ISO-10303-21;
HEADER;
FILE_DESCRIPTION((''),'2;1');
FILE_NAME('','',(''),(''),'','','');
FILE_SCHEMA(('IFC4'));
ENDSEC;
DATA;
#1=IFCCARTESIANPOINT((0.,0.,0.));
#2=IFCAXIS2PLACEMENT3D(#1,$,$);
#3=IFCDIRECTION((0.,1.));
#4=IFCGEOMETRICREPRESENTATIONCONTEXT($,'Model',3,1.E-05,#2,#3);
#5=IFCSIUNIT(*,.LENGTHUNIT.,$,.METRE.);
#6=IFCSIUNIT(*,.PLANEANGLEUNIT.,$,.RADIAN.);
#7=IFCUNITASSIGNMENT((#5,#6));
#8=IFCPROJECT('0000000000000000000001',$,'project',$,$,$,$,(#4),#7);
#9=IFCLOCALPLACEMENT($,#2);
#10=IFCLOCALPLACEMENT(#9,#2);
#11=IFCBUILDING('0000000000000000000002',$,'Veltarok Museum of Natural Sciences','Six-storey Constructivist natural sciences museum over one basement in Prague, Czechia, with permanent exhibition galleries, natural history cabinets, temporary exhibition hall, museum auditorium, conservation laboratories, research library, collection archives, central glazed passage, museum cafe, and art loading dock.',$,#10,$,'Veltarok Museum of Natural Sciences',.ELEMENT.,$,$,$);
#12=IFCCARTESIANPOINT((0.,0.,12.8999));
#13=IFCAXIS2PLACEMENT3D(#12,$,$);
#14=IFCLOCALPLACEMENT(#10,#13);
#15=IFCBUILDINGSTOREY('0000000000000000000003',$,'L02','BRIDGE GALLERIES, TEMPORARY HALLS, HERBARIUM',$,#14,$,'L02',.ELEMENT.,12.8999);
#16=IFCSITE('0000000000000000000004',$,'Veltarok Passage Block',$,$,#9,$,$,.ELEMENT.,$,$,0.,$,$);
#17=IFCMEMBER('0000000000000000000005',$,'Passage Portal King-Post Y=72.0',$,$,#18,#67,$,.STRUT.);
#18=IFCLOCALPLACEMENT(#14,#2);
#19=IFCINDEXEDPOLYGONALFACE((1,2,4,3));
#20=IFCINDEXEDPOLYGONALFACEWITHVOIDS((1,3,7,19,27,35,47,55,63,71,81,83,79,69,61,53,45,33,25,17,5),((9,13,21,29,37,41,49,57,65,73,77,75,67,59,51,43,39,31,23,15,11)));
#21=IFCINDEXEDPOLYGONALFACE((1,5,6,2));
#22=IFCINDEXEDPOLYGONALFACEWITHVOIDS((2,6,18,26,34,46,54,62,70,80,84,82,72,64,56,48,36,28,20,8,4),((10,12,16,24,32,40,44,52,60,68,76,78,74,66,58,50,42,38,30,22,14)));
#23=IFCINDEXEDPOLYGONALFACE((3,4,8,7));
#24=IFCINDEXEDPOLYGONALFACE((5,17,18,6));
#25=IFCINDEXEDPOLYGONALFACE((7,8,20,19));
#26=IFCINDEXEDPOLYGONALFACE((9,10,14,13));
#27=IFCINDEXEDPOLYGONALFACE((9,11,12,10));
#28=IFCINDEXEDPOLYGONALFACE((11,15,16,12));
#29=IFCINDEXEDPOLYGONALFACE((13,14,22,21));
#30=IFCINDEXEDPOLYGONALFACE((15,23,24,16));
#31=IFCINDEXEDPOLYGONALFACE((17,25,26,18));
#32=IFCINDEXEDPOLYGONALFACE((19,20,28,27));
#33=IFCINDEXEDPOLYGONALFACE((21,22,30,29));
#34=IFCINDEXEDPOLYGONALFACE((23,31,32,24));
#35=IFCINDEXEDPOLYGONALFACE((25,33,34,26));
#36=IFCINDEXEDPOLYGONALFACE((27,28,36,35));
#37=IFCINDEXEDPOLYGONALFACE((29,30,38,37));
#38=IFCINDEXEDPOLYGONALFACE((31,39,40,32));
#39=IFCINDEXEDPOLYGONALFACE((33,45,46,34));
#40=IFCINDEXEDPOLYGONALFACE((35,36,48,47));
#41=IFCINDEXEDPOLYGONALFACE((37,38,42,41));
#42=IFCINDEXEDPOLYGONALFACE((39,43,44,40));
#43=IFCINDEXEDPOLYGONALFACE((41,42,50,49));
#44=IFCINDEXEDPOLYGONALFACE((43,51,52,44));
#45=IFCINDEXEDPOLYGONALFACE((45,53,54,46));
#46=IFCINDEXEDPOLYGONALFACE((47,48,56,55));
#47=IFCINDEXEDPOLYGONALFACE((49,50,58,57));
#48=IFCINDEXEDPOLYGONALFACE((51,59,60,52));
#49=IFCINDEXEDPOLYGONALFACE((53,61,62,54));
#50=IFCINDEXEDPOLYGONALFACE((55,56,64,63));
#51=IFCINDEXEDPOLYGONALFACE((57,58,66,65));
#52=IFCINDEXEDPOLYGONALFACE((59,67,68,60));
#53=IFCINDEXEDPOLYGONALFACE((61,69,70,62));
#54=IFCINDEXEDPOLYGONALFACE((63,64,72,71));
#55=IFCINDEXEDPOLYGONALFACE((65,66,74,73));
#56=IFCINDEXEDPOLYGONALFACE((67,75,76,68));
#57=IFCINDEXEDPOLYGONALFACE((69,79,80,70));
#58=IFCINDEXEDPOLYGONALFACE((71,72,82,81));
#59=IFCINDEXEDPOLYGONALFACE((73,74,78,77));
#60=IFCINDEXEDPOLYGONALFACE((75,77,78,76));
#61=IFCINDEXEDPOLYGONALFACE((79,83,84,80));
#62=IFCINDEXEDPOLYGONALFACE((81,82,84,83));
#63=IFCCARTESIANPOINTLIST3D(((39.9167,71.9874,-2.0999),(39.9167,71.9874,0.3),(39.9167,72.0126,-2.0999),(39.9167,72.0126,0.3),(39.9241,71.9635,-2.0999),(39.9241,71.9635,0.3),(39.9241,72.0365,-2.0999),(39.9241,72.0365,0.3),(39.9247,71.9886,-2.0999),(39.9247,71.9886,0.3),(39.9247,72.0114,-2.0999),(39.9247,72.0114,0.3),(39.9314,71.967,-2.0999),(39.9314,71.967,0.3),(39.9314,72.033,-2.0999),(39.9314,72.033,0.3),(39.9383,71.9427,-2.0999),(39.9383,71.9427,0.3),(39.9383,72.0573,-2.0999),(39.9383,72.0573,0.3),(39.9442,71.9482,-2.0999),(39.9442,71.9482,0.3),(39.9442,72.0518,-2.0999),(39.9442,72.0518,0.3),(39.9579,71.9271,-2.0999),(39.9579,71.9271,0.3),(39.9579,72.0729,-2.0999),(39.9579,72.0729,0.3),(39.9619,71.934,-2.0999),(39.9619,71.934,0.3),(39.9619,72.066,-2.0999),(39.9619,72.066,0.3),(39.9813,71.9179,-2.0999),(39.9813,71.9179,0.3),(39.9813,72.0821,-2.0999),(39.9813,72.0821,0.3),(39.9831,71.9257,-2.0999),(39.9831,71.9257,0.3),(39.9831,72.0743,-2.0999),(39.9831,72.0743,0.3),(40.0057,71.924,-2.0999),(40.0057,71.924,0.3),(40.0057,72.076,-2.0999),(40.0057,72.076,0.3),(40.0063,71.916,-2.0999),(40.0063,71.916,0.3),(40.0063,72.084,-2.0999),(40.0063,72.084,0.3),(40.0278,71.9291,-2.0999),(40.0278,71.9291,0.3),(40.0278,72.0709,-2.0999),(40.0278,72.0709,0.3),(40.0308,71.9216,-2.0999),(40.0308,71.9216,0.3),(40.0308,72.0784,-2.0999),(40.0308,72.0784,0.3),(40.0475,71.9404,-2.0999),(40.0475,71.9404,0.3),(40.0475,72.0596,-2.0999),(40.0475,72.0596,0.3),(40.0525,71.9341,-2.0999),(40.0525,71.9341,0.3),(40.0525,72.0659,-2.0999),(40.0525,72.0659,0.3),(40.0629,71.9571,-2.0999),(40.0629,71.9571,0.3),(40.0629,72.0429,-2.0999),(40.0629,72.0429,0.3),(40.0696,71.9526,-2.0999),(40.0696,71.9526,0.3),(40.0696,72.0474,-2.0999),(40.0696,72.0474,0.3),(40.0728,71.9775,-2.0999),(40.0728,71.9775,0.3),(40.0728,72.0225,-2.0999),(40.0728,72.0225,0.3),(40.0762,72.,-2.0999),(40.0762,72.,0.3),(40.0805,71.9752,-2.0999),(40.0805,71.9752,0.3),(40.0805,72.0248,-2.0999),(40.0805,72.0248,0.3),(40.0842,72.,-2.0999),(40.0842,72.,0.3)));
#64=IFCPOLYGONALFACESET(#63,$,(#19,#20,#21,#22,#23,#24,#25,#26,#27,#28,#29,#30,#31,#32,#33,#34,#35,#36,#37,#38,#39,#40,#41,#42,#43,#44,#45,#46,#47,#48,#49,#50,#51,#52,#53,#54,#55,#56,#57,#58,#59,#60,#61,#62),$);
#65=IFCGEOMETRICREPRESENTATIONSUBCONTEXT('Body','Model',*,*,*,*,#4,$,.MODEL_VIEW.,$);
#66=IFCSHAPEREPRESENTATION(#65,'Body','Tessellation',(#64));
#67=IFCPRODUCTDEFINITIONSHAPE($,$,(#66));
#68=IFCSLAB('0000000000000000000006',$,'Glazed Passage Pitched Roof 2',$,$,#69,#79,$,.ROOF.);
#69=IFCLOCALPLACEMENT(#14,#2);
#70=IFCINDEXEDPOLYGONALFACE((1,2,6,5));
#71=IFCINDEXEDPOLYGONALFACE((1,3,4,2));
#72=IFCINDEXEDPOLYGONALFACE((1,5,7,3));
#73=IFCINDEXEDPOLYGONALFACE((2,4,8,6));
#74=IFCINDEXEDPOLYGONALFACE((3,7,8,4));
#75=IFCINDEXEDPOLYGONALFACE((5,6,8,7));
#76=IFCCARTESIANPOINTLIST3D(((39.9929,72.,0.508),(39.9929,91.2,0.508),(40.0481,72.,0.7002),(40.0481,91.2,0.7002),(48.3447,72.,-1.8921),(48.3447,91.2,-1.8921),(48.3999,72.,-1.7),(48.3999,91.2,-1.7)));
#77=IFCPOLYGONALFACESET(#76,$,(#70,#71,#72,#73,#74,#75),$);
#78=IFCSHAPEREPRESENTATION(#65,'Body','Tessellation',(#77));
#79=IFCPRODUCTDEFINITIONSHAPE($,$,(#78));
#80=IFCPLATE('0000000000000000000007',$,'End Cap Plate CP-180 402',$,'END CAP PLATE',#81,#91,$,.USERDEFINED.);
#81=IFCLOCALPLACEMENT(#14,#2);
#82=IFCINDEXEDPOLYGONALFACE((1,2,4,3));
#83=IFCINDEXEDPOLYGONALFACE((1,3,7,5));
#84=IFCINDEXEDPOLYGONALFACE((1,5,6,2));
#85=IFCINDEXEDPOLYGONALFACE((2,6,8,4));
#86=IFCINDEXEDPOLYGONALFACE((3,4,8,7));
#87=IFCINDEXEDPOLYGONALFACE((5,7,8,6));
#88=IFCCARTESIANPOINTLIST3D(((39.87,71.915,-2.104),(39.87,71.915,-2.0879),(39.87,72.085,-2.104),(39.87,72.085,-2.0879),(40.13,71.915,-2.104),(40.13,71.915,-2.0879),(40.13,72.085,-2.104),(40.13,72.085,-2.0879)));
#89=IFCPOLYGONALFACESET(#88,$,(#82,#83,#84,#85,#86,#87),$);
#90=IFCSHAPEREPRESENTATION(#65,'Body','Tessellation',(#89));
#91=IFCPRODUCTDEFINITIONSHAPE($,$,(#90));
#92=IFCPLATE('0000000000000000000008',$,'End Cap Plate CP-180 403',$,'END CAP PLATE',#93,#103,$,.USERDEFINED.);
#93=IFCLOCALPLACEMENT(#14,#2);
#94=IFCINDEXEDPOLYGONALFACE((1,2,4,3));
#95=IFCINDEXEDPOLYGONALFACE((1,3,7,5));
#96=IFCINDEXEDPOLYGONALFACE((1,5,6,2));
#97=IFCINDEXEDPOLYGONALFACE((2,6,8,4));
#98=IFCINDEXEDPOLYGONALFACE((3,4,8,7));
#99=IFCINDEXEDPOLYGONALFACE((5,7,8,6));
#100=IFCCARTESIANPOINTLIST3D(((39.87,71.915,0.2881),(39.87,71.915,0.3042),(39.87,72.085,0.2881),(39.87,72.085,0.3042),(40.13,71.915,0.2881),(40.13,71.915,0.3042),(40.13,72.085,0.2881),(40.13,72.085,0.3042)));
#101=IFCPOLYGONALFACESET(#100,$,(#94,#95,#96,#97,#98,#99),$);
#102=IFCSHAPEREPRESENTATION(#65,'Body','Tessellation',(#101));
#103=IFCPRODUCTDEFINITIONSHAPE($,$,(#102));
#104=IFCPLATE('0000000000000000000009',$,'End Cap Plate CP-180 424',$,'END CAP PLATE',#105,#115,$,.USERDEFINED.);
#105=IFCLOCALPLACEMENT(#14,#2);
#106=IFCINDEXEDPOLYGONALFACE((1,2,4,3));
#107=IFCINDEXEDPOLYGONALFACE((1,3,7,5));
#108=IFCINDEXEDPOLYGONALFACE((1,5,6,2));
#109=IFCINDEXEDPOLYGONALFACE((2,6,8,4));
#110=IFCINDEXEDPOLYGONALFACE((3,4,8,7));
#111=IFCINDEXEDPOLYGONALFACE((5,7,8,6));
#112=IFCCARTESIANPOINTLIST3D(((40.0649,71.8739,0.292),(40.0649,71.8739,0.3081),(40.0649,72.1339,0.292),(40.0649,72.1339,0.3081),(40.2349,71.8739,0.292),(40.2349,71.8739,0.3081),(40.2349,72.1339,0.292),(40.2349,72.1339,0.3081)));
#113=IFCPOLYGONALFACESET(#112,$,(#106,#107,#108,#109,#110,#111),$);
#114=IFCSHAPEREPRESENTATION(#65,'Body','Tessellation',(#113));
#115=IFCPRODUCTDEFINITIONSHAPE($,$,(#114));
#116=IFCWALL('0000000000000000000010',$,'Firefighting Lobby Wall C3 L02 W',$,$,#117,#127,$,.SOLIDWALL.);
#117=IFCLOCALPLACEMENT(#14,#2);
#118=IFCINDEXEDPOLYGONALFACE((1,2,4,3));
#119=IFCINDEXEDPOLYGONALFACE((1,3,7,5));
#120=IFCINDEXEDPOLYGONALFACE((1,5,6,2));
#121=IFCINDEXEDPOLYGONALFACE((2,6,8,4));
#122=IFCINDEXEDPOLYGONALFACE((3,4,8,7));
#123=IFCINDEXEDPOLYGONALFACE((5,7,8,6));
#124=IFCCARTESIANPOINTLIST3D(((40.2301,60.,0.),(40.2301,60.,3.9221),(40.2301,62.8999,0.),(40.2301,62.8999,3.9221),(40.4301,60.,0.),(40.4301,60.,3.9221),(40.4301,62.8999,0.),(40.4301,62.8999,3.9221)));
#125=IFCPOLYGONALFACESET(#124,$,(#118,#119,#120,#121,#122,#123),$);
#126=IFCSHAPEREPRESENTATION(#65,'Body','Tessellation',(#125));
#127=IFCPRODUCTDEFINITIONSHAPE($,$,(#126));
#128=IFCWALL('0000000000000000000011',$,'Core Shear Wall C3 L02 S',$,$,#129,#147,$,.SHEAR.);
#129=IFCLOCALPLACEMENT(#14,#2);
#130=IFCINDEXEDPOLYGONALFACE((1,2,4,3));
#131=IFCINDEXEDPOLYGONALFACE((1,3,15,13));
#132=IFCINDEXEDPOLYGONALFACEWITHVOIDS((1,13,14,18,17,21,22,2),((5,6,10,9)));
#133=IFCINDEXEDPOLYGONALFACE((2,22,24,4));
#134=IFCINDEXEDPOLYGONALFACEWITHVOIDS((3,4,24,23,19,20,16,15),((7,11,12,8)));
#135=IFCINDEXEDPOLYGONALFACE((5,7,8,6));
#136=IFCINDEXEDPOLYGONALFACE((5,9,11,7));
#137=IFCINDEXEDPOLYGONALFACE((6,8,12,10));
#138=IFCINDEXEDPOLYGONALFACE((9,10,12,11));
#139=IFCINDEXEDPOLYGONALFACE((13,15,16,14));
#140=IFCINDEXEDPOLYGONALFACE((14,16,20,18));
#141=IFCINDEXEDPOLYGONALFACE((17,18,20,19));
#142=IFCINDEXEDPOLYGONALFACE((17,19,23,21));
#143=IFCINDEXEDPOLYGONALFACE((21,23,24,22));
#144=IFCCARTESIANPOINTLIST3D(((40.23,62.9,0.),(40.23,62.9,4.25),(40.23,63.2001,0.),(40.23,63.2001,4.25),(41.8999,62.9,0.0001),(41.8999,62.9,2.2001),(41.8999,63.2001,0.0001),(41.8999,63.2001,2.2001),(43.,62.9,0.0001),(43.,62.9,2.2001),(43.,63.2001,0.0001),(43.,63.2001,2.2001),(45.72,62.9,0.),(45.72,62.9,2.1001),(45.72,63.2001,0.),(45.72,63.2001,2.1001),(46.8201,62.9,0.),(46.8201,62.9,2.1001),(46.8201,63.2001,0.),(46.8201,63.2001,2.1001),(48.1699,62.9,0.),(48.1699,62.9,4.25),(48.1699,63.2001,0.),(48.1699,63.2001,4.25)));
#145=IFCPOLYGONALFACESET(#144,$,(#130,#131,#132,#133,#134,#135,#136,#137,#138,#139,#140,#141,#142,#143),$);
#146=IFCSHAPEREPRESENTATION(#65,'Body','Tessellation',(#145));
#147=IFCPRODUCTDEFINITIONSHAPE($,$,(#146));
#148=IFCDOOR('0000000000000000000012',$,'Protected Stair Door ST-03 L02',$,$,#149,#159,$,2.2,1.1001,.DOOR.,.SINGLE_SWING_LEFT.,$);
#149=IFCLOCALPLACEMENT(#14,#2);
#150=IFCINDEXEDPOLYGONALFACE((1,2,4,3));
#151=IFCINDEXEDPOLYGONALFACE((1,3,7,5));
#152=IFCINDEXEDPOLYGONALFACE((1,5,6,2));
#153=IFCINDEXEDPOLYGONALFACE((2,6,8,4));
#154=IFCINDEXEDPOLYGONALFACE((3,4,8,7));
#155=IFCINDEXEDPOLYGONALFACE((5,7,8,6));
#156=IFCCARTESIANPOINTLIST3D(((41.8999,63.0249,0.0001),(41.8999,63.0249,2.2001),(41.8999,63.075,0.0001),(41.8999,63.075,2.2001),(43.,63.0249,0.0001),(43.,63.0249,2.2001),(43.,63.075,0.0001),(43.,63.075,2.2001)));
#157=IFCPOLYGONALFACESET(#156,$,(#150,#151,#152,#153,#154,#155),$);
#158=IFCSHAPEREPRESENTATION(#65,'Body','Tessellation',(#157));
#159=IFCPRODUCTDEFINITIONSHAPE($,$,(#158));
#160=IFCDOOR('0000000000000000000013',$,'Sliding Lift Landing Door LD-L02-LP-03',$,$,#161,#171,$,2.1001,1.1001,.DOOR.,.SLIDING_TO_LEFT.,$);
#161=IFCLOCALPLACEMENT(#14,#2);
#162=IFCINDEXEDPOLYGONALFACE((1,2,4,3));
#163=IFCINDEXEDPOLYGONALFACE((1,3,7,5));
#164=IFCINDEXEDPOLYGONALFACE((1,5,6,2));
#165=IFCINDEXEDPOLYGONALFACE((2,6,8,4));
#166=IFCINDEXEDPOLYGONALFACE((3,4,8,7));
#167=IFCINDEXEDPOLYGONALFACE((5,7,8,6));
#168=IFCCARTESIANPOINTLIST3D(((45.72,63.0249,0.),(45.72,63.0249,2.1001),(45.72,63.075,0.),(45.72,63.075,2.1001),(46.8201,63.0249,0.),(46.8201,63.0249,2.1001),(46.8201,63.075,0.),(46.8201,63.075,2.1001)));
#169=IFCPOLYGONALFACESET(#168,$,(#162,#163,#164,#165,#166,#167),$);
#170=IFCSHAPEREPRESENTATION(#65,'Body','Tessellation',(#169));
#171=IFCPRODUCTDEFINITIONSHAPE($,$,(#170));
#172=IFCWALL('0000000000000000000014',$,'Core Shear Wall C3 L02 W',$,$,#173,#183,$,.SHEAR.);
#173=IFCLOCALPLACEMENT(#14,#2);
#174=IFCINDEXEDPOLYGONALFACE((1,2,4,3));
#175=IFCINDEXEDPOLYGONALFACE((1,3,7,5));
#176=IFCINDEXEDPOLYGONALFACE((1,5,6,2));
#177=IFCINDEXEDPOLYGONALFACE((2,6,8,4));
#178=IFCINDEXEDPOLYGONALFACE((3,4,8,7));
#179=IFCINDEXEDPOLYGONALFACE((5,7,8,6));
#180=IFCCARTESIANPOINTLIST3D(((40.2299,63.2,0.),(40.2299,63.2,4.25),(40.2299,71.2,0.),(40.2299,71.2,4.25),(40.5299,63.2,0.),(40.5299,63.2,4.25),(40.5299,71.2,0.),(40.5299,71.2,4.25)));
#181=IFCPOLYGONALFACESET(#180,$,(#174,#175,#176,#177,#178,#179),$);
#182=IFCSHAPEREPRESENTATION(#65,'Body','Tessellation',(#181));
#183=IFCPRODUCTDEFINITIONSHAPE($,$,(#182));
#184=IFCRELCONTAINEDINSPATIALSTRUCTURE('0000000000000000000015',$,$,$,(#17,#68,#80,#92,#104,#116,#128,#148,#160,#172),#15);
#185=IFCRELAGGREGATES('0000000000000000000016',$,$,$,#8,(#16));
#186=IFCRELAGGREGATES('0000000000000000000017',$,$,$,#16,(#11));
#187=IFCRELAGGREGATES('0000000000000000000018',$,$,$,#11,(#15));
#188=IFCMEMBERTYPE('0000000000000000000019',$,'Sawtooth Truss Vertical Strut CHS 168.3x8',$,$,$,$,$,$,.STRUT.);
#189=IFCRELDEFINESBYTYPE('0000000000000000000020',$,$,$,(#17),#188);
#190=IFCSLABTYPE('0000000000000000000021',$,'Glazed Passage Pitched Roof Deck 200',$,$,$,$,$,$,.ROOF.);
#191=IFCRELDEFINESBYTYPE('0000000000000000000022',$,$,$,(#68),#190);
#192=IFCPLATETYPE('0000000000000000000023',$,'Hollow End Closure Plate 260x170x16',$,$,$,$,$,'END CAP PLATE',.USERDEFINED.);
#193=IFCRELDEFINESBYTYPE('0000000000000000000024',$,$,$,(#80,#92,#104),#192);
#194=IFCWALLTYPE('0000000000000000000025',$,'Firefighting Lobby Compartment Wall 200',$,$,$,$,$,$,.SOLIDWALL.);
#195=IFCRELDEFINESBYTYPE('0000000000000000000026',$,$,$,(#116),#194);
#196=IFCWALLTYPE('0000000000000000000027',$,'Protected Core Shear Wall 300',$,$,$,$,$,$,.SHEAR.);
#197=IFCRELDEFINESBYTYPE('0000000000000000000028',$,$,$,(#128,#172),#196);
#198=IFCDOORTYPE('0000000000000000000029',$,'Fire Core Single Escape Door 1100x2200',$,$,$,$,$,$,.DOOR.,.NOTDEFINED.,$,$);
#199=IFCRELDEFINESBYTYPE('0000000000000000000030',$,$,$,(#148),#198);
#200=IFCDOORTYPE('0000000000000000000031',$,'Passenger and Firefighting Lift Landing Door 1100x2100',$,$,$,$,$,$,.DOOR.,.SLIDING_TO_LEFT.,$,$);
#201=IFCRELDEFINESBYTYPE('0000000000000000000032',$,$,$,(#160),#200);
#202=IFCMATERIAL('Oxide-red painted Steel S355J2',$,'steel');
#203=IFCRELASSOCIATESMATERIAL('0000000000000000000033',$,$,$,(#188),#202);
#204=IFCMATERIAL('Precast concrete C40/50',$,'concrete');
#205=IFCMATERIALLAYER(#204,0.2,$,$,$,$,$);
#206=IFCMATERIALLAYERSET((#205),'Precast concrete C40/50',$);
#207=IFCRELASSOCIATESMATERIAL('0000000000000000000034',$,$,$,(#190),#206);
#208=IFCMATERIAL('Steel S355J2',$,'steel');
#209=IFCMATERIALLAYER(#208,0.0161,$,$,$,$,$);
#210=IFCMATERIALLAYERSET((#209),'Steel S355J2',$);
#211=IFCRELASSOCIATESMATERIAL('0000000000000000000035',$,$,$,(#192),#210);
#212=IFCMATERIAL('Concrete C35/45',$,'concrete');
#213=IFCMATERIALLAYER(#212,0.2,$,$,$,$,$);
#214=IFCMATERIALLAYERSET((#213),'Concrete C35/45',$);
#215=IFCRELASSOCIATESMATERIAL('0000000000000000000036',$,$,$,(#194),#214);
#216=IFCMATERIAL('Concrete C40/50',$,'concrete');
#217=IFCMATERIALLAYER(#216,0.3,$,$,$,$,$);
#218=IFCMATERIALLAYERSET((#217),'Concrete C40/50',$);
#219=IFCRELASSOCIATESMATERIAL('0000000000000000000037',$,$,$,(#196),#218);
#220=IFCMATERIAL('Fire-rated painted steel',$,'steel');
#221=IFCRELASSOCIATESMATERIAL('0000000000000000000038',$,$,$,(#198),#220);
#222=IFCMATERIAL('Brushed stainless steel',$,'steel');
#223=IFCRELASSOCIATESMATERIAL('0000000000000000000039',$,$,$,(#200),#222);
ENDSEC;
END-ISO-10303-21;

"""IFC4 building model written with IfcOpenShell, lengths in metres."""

from ifc_helpers import new_model, si_unit, direction, frame, frame_2d, origin, origin_2d, place, context, subcontext, project, spatial, polyline, rectangle, hollow_circle, outline, extrude, material, layer, layer_set, material_profile, profile_set, type_object, element, fill, save


model = new_model("IFC4")

# Units and contexts
model_context = context("Model", 3, precision=1e-05, world=origin(), true_north=direction((0.0, 1.0)))
body_context = subcontext(model_context, "Body", "Model", "MODEL_VIEW")
ifc_project = project(units=[si_unit("LENGTHUNIT", "METRE"), si_unit("PLANEANGLEUNIT", "RADIAN")], contexts=[model_context])

# Site, building, storey
site_placement = place(None, origin())
site = spatial("IfcSite", under=ifc_project, at=site_placement, Name="Veltarok Passage Block", CompositionType="ELEMENT", RefElevation=0.0)
building_placement = place(site_placement, origin())
building = spatial("IfcBuilding", under=site, at=building_placement, Name="Veltarok Museum of Natural Sciences", Description="Six-storey Constructivist natural sciences museum over one basement in Prague, Czechia, with permanent exhibition galleries, natural history cabinets, temporary exhibition hall, museum auditorium, conservation laboratories, research library, collection archives, central glazed passage, museum cafe, and art loading dock.", LongName="Veltarok Museum of Natural Sciences", CompositionType="ELEMENT")
storey_placement = place(building_placement, frame((0.0, 0.0, 12.8999)))
storey = spatial("IfcBuildingStorey", under=building, at=storey_placement, Name="L02", Description="BRIDGE GALLERIES, TEMPORARY HALLS, HERBARIUM", LongName="L02", CompositionType="ELEMENT", Elevation=12.8999)

# Shared definitions
ifc_material_1 = material(Name="Steel S355J2", Category="steel")

# Shared definitions
ifc_material_2 = material(Name="Oxide-red painted Steel S355J2", Category="steel")

# Member
ifc_material_profile_1 = material_profile(ifc_material_2, hollow_circle(Radius=0.0842, WallThickness=0.0081, at=origin_2d()), Name="CHS 168.3x8")
ifc_profile_set_1 = profile_set([ifc_material_profile_1], Name="Oxide-red painted Steel S355J2")
member_type_1 = type_object("IfcMemberType", Name="Sawtooth Truss Vertical Strut CHS 168.3x8", PredefinedType="STRUT", material=ifc_profile_set_1)
member_1_placement = place(storey_placement, frame((40.0, 72.0, -2.0999), z_axis=(0.0, 0.0, 1.0), x_axis=(1.0, 0.0, 0.0)))
element("IfcMember", 1, at=member_1_placement, inside=storey, type_object=member_type_1, Name="Passage Portal King-Post Y=72.0", PredefinedType="STRUT", context=body_context, shape_type="SweptSolid", body=[
    extrude(hollow_circle(Radius=0.0842, WallThickness=0.0081, at=origin_2d()), origin(), (0.0, 0.0, 1.0), 2.3999),
])

# Slab
ifc_material_3 = material(Name="Precast concrete C40/50", Category="concrete")
ifc_layer_1 = layer(ifc_material_3, 0.2)
ifc_layer_set_1 = layer_set([ifc_layer_1], Name="Precast concrete C40/50")
slab_type = type_object("IfcSlabType", Name="Glazed Passage Pitched Roof Deck 200", PredefinedType="ROOF", material=ifc_layer_set_1)
slab_placement = place(storey_placement, frame((40.0481, 72.0, 0.7002), z_axis=(0.276201, 0.0, 0.9611), x_axis=(0.9611, 0.0, -0.276201)))
element("IfcSlab", 2, at=slab_placement, inside=storey, type_object=slab_type, Name="Glazed Passage Pitched Roof 2", PredefinedType="ROOF", context=body_context, shape_type="SweptSolid", body=[
    extrude(outline(polyline([(0.0, 0.0), (8.6898, 0.0), (8.6898, 19.2), (0.0, 19.2), (0.0, 0.0)])), origin(), (0.0, 0.0, -1.0), 0.2),
])

# Plates
ifc_layer_2 = layer(ifc_material_1, 0.0161)
ifc_layer_set_2 = layer_set([ifc_layer_2], Name="Steel S355J2")
plate_type = type_object("IfcPlateType", Name="Hollow End Closure Plate 260x170x16", ElementType="END CAP PLATE", PredefinedType="USERDEFINED", material=ifc_layer_set_2)
for number, where, z_axis, x_axis, name in (
    (3, (40.0, 72.0, -2.104), (0.0, 0.0, 1.0), (1.0, 0.0, 0.0), "End Cap Plate CP-180 402"),
    (4, (40.0, 72.0, 0.2881), (0.0, 0.0, 1.0), (1.0, 0.0, 0.0), "End Cap Plate CP-180 403"),
    (5, (40.1499, 72.0039, 0.292), (0.0, 0.0, 1.0), (0.0, 1.0, 0.0), "End Cap Plate CP-180 424"),
):
    element("IfcPlate", number, at=place(storey_placement, frame(where, z_axis=z_axis, x_axis=x_axis)), inside=storey, type_object=plate_type, Name=name, ObjectType="END CAP PLATE", PredefinedType="USERDEFINED", context=body_context, shape_type="SweptSolid", body=[
        extrude(rectangle(XDim=0.26, YDim=0.1699, at=origin_2d()), origin(), (0.0, 0.0, 1.0), 0.0161),
    ])

# Wall
ifc_material_4 = material(Name="Concrete C35/45", Category="concrete")
ifc_layer_3 = layer(ifc_material_4, 0.2)
ifc_layer_set_3 = layer_set([ifc_layer_3], Name="Concrete C35/45")
wall_type_1 = type_object("IfcWallType", Name="Firefighting Lobby Compartment Wall 200", PredefinedType="SOLIDWALL", material=ifc_layer_set_3)
wall_1_placement = place(storey_placement, frame((40.3301, 60.0, 0.0), z_axis=(0.0, 0.0, 1.0), x_axis=(0.0, 1.0, 0.0)))
element("IfcWall", 6, at=wall_1_placement, inside=storey, type_object=wall_type_1, Name="Firefighting Lobby Wall C3 L02 W", PredefinedType="SOLIDWALL", context=body_context, shape_type="SweptSolid", body=[
    extrude(rectangle(XDim=2.8999, YDim=0.2, at=frame_2d((1.45, 0.0))), origin(), (0.0, 0.0, 1.0), 3.9221),
])

# Wall, openings, doors
ifc_material_5 = material(Name="Concrete C40/50", Category="concrete")
ifc_layer_4 = layer(ifc_material_5, 0.3)
ifc_layer_set_4 = layer_set([ifc_layer_4], Name="Concrete C40/50")
wall_type_2 = type_object("IfcWallType", Name="Protected Core Shear Wall 300", PredefinedType="SHEAR", material=ifc_layer_set_4)
wall_2_placement = place(storey_placement, frame((40.23, 63.05, 0.0), z_axis=(0.0, 0.0, 1.0), x_axis=(1.0, 0.0, 0.0)))
wall_2 = element("IfcWall", 7, at=wall_2_placement, inside=storey, type_object=wall_type_2, Name="Core Shear Wall C3 L02 S", PredefinedType="SHEAR", context=body_context, shape_type="SweptSolid", body=[
    extrude(rectangle(XDim=7.9399, YDim=0.3, at=frame_2d((3.97, 0.0))), origin(), (0.0, 0.0, 1.0), 4.25),
])
opening_1_placement = place(wall_2_placement, frame((1.6699, 0.0, 0.0)))
opening_1 = element("IfcOpeningElement", 8, at=opening_1_placement, cuts=wall_2, PredefinedType="OPENING", context=body_context, shape_type="SweptSolid", body=[
    extrude(rectangle(XDim=1.1001, YDim=2.2, at=frame_2d((0.55, 1.1001))), frame((0.0, 0.1602, 0.0), z_axis=(0.0, -1.0, 0.0), x_axis=(1.0, 0.0, 0.0)), (0.0, 0.0, 1.0), 0.3201),
])
opening_2_placement = place(wall_2_placement, frame((5.49, 0.0, 0.0)))
opening_2 = element("IfcOpeningElement", 9, at=opening_2_placement, cuts=wall_2, PredefinedType="OPENING", context=body_context, shape_type="SweptSolid", body=[
    extrude(rectangle(XDim=1.1001, YDim=2.1001, at=frame_2d((0.55, 1.05))), frame((0.0, 0.1602, 0.0), z_axis=(0.0, -1.0, 0.0), x_axis=(1.0, 0.0, 0.0)), (0.0, 0.0, 1.0), 0.3201),
])
ifc_material_6 = material(Name="Fire-rated painted steel", Category="steel")
door_type_1 = type_object("IfcDoorType", Name="Fire Core Single Escape Door 1100x2200", OperationType="NOTDEFINED", PredefinedType="DOOR", material=ifc_material_6)
door_1_placement = place(opening_1_placement, origin())
door_1 = element("IfcDoor", 10, at=door_1_placement, inside=storey, type_object=door_type_1, Name="Protected Stair Door ST-03 L02", OperationType="SINGLE_SWING_LEFT", OverallHeight=2.2, OverallWidth=1.1001, PredefinedType="DOOR", context=body_context, shape_type="SweptSolid", body=[
    extrude(rectangle(XDim=1.1001, YDim=2.2, at=frame_2d((0.55, 1.1001))), frame((0.0, 0.0249, 0.0), z_axis=(0.0, -1.0, 0.0), x_axis=(1.0, 0.0, 0.0)), (0.0, 0.0, 1.0), 0.05),
])
fill(opening_1, door_1)
ifc_material_7 = material(Name="Brushed stainless steel", Category="steel")
door_type_2 = type_object("IfcDoorType", Name="Passenger and Firefighting Lift Landing Door 1100x2100", OperationType="SLIDING_TO_LEFT", PredefinedType="DOOR", material=ifc_material_7)
door_2_placement = place(opening_2_placement, origin())
door_2 = element("IfcDoor", 11, at=door_2_placement, inside=storey, type_object=door_type_2, Name="Sliding Lift Landing Door LD-L02-LP-03", OperationType="SLIDING_TO_LEFT", OverallHeight=2.1001, OverallWidth=1.1001, PredefinedType="DOOR", context=body_context, shape_type="SweptSolid", body=[
    extrude(rectangle(XDim=1.1001, YDim=2.1001, at=frame_2d((0.55, 1.05))), frame((0.0, 0.0249, 0.0), z_axis=(0.0, -1.0, 0.0), x_axis=(1.0, 0.0, 0.0)), (0.0, 0.0, 1.0), 0.05),
])
fill(opening_2, door_2)

# Wall
wall_3_placement = place(storey_placement, frame((40.3799, 71.2, 0.0), z_axis=(0.0, 0.0, 1.0), x_axis=(0.0, -1.0, 0.0)))
element("IfcWall", 12, at=wall_3_placement, inside=storey, type_object=wall_type_2, Name="Core Shear Wall C3 L02 W", PredefinedType="SHEAR", context=body_context, shape_type="SweptSolid", body=[
    extrude(rectangle(XDim=8.0, YDim=0.3, at=frame_2d((4.0, 0.0))), origin(), (0.0, 0.0, 1.0), 4.25),
])

save(model, "model.ifc")
